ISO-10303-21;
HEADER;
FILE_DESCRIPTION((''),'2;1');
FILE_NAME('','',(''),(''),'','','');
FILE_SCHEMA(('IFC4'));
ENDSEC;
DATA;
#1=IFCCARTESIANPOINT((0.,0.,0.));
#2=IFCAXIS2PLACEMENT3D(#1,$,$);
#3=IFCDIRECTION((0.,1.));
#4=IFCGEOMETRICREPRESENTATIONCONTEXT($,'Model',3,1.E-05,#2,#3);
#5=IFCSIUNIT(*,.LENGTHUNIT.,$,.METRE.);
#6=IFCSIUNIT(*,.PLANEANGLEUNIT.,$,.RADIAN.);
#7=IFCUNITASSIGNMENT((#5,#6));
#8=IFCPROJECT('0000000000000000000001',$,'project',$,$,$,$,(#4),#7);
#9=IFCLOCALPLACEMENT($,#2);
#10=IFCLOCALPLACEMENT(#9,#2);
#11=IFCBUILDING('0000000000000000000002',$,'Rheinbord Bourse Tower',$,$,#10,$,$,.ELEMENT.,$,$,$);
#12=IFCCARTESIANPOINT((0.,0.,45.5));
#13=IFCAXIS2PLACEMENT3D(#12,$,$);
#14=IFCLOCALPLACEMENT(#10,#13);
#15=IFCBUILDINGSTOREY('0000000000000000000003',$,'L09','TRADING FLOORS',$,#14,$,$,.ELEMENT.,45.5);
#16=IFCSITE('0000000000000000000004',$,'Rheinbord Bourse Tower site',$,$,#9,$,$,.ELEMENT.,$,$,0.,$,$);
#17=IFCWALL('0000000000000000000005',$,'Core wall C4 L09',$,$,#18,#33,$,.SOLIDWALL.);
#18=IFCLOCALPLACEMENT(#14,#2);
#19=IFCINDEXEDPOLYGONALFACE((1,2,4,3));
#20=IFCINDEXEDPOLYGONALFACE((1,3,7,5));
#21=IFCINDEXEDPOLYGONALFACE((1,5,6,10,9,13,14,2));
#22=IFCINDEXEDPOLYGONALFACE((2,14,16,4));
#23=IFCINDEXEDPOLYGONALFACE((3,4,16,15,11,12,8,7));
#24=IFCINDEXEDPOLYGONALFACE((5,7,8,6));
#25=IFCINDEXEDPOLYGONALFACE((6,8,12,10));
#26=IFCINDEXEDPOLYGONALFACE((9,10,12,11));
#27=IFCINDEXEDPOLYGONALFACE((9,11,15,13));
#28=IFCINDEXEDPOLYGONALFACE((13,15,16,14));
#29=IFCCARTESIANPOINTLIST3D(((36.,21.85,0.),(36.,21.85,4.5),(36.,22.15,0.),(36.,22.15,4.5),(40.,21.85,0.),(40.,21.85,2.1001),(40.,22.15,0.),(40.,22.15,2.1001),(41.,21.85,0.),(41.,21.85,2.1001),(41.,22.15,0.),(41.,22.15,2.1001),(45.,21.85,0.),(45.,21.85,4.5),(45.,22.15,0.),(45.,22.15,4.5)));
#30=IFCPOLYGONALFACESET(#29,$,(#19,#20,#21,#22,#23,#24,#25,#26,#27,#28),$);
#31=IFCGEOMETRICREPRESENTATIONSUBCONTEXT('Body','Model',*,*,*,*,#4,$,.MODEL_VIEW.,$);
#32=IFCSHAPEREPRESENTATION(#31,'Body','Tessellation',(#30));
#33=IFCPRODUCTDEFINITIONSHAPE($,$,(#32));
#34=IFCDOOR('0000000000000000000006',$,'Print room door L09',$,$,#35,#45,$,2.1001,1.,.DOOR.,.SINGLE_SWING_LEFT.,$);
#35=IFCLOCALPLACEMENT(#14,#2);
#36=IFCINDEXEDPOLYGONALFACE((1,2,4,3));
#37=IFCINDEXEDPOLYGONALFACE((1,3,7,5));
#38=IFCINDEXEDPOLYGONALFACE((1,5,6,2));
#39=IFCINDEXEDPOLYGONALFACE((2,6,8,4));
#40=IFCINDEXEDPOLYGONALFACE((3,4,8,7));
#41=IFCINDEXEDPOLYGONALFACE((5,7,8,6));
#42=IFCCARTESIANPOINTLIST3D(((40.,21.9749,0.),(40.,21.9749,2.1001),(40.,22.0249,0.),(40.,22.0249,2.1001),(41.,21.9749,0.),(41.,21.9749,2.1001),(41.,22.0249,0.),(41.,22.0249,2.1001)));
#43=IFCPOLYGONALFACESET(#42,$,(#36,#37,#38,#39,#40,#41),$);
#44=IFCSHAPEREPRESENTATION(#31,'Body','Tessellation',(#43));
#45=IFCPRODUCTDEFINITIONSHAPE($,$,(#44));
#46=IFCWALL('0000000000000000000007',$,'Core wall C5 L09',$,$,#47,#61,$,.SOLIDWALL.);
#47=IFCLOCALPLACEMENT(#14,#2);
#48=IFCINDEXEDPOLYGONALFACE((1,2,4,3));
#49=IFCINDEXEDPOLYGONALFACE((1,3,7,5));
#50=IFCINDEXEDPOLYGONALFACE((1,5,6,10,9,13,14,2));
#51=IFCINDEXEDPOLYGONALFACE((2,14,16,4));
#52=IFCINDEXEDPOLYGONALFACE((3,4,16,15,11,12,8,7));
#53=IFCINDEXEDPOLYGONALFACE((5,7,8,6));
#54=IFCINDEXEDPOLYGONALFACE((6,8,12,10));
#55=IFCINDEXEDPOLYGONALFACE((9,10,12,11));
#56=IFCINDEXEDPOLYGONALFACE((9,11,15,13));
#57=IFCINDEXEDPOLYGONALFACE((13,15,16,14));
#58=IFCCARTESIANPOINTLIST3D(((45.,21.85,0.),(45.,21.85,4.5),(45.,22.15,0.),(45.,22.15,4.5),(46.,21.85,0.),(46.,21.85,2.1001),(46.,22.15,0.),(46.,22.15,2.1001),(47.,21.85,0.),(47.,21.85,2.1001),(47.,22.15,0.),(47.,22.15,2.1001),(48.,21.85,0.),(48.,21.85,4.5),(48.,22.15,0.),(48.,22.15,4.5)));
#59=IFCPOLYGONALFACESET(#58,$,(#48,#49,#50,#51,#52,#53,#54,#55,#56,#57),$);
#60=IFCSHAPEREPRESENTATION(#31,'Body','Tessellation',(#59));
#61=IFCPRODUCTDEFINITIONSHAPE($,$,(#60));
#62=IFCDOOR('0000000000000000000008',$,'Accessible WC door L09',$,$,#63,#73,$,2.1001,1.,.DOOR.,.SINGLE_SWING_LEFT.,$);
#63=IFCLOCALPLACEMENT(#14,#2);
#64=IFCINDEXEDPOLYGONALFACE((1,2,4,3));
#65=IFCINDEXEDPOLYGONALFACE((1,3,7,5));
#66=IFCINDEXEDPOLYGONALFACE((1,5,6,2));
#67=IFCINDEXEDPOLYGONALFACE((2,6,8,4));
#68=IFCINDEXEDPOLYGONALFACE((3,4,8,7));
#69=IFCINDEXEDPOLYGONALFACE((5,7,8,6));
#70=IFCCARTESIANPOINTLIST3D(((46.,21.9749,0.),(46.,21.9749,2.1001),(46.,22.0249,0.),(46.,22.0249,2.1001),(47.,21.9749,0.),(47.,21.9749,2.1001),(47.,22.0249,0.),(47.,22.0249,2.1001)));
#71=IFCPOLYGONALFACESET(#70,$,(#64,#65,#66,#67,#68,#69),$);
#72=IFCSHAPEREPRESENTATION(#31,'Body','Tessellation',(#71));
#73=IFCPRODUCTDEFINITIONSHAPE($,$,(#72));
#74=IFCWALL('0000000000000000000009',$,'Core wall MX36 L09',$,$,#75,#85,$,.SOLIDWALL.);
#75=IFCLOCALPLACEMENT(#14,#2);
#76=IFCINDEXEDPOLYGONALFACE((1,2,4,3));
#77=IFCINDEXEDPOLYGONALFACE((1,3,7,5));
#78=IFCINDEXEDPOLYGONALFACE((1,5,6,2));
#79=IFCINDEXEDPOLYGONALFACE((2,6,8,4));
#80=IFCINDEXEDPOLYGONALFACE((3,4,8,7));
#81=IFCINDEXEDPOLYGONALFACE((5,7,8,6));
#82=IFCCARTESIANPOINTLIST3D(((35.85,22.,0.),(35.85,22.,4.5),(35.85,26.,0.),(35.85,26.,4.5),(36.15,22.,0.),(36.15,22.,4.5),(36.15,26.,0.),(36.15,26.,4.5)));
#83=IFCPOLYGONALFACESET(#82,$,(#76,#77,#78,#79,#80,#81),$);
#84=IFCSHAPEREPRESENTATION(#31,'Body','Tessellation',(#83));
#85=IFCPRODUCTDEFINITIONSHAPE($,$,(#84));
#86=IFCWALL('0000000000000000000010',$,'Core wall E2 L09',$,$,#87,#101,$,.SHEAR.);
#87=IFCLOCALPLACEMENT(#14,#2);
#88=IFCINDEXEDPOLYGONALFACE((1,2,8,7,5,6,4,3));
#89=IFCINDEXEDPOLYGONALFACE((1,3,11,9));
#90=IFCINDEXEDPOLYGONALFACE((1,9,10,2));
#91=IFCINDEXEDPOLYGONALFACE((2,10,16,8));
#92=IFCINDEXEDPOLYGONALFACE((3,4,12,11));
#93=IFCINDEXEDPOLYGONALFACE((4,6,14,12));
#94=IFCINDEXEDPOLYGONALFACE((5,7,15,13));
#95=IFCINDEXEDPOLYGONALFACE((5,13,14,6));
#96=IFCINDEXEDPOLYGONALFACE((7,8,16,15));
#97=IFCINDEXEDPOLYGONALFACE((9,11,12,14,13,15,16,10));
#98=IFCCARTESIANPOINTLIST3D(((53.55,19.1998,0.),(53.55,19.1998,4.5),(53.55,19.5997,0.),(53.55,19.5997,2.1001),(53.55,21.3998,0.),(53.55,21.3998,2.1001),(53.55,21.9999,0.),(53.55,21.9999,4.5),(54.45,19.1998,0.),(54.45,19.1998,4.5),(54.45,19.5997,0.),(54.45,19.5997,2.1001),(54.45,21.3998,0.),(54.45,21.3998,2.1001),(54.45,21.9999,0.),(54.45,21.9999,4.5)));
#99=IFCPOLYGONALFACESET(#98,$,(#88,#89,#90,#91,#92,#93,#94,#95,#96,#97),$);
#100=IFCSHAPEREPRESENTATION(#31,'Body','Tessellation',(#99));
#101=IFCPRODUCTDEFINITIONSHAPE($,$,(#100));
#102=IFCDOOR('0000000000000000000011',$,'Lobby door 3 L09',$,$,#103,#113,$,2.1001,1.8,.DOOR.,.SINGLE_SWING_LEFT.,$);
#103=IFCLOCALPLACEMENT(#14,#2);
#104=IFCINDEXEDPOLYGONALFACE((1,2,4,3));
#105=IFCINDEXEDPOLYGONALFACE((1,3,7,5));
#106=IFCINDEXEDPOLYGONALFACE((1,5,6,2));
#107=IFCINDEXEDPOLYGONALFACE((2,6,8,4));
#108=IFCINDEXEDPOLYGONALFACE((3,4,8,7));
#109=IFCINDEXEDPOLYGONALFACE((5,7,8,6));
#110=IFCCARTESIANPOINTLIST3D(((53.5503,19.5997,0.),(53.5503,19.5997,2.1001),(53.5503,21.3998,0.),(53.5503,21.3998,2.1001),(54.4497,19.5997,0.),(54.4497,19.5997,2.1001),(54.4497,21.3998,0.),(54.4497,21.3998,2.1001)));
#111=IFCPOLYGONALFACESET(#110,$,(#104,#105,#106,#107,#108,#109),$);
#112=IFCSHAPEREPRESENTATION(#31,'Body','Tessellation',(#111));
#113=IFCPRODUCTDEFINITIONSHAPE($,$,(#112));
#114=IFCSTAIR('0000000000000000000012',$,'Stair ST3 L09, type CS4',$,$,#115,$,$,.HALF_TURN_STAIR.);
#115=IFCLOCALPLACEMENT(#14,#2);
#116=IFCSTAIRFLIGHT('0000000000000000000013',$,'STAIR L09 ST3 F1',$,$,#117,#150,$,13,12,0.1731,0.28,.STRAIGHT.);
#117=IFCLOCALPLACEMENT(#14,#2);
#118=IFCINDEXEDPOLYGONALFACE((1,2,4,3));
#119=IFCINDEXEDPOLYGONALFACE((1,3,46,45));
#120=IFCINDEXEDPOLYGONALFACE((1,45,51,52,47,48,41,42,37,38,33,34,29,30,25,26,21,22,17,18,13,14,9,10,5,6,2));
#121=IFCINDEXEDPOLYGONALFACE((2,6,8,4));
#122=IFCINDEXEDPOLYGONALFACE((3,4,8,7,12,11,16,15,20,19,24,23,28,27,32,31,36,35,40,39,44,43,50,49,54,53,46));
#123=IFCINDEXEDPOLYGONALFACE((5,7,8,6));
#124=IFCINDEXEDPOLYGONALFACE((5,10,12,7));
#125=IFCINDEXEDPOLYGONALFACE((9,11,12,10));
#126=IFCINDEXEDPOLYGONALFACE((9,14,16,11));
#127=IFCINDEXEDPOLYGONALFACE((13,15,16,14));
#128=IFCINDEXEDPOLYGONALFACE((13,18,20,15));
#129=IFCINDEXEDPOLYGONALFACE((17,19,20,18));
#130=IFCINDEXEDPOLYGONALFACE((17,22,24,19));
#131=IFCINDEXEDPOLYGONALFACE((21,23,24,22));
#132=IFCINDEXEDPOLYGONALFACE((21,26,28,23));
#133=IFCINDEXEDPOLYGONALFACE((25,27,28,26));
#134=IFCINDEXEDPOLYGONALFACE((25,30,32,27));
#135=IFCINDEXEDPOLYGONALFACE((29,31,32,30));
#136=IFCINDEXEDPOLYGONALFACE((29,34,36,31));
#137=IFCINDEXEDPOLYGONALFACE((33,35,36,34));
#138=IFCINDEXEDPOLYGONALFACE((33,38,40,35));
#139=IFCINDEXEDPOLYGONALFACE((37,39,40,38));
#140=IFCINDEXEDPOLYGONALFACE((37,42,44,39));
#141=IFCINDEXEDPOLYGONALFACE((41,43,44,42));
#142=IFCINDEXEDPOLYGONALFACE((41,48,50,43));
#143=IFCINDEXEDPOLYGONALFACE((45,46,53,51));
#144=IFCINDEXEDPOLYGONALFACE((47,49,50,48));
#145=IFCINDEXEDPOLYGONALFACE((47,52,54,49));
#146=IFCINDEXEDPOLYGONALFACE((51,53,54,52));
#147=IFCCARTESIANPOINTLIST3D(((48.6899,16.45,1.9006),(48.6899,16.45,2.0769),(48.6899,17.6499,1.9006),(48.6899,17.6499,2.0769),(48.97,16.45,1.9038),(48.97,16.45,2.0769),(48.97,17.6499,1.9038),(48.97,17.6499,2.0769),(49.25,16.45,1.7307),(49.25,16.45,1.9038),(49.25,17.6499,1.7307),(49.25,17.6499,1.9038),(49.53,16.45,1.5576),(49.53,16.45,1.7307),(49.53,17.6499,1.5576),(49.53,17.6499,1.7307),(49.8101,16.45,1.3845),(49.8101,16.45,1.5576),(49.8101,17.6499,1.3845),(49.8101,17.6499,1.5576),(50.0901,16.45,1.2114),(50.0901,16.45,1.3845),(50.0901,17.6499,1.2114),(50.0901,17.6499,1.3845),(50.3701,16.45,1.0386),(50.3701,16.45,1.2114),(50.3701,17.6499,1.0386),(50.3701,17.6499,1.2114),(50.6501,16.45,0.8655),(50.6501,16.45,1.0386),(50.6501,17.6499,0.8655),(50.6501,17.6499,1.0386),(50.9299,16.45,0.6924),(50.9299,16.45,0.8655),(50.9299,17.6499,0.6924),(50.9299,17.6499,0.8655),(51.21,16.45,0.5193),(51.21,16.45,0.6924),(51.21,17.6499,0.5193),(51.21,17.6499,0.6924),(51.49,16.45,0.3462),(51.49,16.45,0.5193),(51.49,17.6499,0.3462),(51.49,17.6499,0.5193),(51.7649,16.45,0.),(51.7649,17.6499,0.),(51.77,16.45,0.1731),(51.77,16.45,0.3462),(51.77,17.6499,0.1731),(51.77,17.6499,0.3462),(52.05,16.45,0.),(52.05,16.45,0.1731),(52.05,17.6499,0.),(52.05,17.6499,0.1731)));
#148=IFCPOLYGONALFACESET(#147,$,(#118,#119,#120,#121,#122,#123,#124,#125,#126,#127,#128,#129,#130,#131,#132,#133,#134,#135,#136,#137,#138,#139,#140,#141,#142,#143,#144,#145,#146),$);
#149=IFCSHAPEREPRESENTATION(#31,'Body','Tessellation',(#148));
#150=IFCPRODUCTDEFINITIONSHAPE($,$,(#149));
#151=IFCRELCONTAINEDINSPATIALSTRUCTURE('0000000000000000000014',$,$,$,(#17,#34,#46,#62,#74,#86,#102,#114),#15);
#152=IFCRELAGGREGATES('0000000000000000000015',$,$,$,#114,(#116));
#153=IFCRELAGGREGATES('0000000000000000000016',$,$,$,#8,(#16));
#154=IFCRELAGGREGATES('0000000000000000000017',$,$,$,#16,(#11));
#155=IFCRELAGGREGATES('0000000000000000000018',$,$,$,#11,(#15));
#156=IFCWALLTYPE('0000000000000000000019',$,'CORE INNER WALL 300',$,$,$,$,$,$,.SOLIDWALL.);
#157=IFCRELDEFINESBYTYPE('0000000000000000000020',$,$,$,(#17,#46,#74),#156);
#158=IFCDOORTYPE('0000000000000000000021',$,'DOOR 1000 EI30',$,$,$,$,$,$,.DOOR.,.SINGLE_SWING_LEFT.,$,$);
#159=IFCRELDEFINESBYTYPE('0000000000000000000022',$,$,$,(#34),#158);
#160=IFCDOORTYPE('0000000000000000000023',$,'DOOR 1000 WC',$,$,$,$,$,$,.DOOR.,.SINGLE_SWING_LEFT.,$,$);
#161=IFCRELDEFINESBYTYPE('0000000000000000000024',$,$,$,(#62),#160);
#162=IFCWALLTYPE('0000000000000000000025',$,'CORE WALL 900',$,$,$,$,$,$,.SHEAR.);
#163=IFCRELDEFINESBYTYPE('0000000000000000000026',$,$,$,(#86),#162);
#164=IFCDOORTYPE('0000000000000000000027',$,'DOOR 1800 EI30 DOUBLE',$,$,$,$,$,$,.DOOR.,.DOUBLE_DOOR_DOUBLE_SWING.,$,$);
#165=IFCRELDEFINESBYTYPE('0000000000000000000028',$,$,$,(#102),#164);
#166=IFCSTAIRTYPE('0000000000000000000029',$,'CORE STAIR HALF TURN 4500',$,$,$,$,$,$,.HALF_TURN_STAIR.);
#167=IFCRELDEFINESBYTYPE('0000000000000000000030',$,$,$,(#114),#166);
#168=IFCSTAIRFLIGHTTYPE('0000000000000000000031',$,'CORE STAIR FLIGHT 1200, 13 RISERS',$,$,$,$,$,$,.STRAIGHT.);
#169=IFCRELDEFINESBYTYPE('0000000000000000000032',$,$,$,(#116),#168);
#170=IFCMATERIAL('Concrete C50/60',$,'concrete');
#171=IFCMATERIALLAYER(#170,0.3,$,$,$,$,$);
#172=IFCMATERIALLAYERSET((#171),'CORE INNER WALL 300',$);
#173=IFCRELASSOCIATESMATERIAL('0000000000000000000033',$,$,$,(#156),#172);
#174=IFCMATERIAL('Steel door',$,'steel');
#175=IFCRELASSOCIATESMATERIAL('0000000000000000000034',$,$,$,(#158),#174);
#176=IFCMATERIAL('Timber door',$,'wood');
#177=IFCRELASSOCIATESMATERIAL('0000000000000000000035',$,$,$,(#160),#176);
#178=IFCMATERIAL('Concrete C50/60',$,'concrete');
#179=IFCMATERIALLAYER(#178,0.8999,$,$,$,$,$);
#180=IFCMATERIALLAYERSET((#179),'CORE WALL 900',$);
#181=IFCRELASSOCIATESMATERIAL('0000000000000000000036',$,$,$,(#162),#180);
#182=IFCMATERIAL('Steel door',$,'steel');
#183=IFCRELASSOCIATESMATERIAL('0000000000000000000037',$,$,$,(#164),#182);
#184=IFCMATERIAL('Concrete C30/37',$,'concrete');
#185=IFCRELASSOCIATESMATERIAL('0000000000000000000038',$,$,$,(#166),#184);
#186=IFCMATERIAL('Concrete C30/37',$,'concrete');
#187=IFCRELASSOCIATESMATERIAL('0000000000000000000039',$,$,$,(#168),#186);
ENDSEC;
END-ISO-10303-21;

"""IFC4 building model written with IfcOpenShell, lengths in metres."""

from ifc_helpers import new_model, si_unit, direction, frame, frame_2d, origin, place, context, subcontext, project, spatial, polyline, rectangle, outline, extrude, material, layer, layer_set, type_object, element, fill, aggregate, save


model = new_model("IFC4")

# Units and contexts
model_context = context("Model", 3, precision=1e-05, world=origin(), true_north=direction((0.0, 1.0)))
body_context = subcontext(model_context, "Body", "Model", "MODEL_VIEW")
ifc_project = project(units=[si_unit("LENGTHUNIT", "METRE"), si_unit("PLANEANGLEUNIT", "RADIAN")], contexts=[model_context])

# Site, building, storey
site_placement = place(None, origin())
site = spatial("IfcSite", under=ifc_project, at=site_placement, Name="Rheinbord Bourse Tower site", CompositionType="ELEMENT", RefElevation=0.0)
building_placement = place(site_placement, origin())
building = spatial("IfcBuilding", under=site, at=building_placement, Name="Rheinbord Bourse Tower", CompositionType="ELEMENT")
storey_placement = place(building_placement, frame((0.0, 0.0, 45.5)))
storey = spatial("IfcBuildingStorey", under=building, at=storey_placement, Name="L09", Description="TRADING FLOORS", CompositionType="ELEMENT", Elevation=45.5)

# Shared definitions
ifc_material_1 = material(Name="Concrete C50/60", Category="concrete")
ifc_layer_1 = layer(ifc_material_1, 0.3)
ifc_layer_set_1 = layer_set([ifc_layer_1], Name="CORE INNER WALL 300")
wall_type_1 = type_object("IfcWallType", Name="CORE INNER WALL 300", PredefinedType="SOLIDWALL", material=ifc_layer_set_1)

# Walls, openings, doors
ifc_material_2 = material(Name="Steel door", Category="steel")
door_type_1 = type_object("IfcDoorType", Name="DOOR 1000 EI30", OperationType="SINGLE_SWING_LEFT", PredefinedType="DOOR", material=ifc_material_2)
wall_1_placement = place(storey_placement, frame((36.0, 22.0, 0.0), z_axis=(0.0, 0.0, 1.0), x_axis=(1.0, 0.0, 0.0)))
wall_1 = element("IfcWall", 1, at=wall_1_placement, inside=storey, type_object=wall_type_1, Name="Core wall C4 L09", PredefinedType="SOLIDWALL", context=body_context, shape_type="SweptSolid", body=[
    extrude(rectangle(XDim=9.0, YDim=0.3, at=frame_2d((4.5, 0.0))), origin(), (0.0, 0.0, 1.0), 4.5),
])
opening_1_placement = place(wall_1_placement, frame((4.0, 0.0, 0.0)))
opening_1 = element("IfcOpeningElement", 2, at=opening_1_placement, cuts=wall_1, PredefinedType="OPENING", context=body_context, shape_type="SweptSolid", body=[
    extrude(rectangle(XDim=1.0, YDim=2.1001, at=frame_2d((0.5, 1.05))), frame((0.0, 0.1599, 0.0), z_axis=(0.0, -1.0, 0.0), x_axis=(1.0, 0.0, 0.0)), (0.0, 0.0, 1.0), 0.3201),
])
door_1_placement = place(opening_1_placement, origin())
door_1 = element("IfcDoor", 3, at=door_1_placement, inside=storey, type_object=door_type_1, Name="Print room door L09", OperationType="SINGLE_SWING_LEFT", OverallHeight=2.1001, OverallWidth=1.0, PredefinedType="DOOR", context=body_context, shape_type="SweptSolid", body=[
    extrude(rectangle(XDim=1.0, YDim=2.1001, at=frame_2d((0.5, 1.05))), frame((0.0, 0.0249, 0.0), z_axis=(0.0, -1.0, 0.0), x_axis=(1.0, 0.0, 0.0)), (0.0, 0.0, 1.0), 0.05),
])
fill(opening_1, door_1)
wall_2_placement = place(storey_placement, frame((45.0, 22.0, 0.0), z_axis=(0.0, 0.0, 1.0), x_axis=(1.0, 0.0, 0.0)))
wall_2 = element("IfcWall", 4, at=wall_2_placement, inside=storey, type_object=wall_type_1, Name="Core wall C5 L09", PredefinedType="SOLIDWALL", context=body_context, shape_type="SweptSolid", body=[
    extrude(rectangle(XDim=3.0, YDim=0.3, at=frame_2d((1.5, 0.0))), origin(), (0.0, 0.0, 1.0), 4.5),
])
opening_2_placement = place(wall_2_placement, frame((1.0, 0.0, 0.0)))
opening_2 = element("IfcOpeningElement", 5, at=opening_2_placement, cuts=wall_2, PredefinedType="OPENING", context=body_context, shape_type="SweptSolid", body=[
    extrude(rectangle(XDim=1.0, YDim=2.1001, at=frame_2d((0.5, 1.05))), frame((0.0, 0.1599, 0.0), z_axis=(0.0, -1.0, 0.0), x_axis=(1.0, 0.0, 0.0)), (0.0, 0.0, 1.0), 0.3201),
])
ifc_material_3 = material(Name="Timber door", Category="wood")
door_type_2 = type_object("IfcDoorType", Name="DOOR 1000 WC", OperationType="SINGLE_SWING_LEFT", PredefinedType="DOOR", material=ifc_material_3)
door_2_placement = place(opening_2_placement, origin())
door_2 = element("IfcDoor", 6, at=door_2_placement, inside=storey, type_object=door_type_2, Name="Accessible WC door L09", OperationType="SINGLE_SWING_LEFT", OverallHeight=2.1001, OverallWidth=1.0, PredefinedType="DOOR", context=body_context, shape_type="SweptSolid", body=[
    extrude(rectangle(XDim=1.0, YDim=2.1001, at=frame_2d((0.5, 1.05))), frame((0.0, 0.0249, 0.0), z_axis=(0.0, -1.0, 0.0), x_axis=(1.0, 0.0, 0.0)), (0.0, 0.0, 1.0), 0.05),
])
fill(opening_2, door_2)

# Wall
wall_3_placement = place(storey_placement, frame((36.0, 22.0, 0.0), z_axis=(0.0, 0.0, 1.0), x_axis=(0.0, 1.0, 0.0)))
element("IfcWall", 7, at=wall_3_placement, inside=storey, type_object=wall_type_1, Name="Core wall MX36 L09", PredefinedType="SOLIDWALL", context=body_context, shape_type="SweptSolid", body=[
    extrude(rectangle(XDim=4.0, YDim=0.3, at=frame_2d((2.0, 0.0))), origin(), (0.0, 0.0, 1.0), 4.5),
])

# Wall, opening, door
ifc_material_4 = material(Name="Concrete C50/60", Category="concrete")
ifc_layer_2 = layer(ifc_material_4, 0.8999)
ifc_layer_set_2 = layer_set([ifc_layer_2], Name="CORE WALL 900")
wall_type_2 = type_object("IfcWallType", Name="CORE WALL 900", PredefinedType="SHEAR", material=ifc_layer_set_2)
wall_4_placement = place(storey_placement, frame((54.0, 19.2, 0.0), z_axis=(0.0, 0.0, 1.0), x_axis=(0.0, 1.0, 0.0)))
wall_4 = element("IfcWall", 8, at=wall_4_placement, inside=storey, type_object=wall_type_2, Name="Core wall E2 L09", PredefinedType="SHEAR", context=body_context, shape_type="SweptSolid", body=[
    extrude(rectangle(XDim=2.8, YDim=0.8999, at=frame_2d((1.3999, 0.0))), origin(), (0.0, 0.0, 1.0), 4.5),
])
opening_3_placement = place(wall_4_placement, frame((0.3999, 0.0, 0.0)))
opening_3 = element("IfcOpeningElement", 9, at=opening_3_placement, cuts=wall_4, PredefinedType="OPENING", context=body_context, shape_type="SweptSolid", body=[
    extrude(rectangle(XDim=1.8, YDim=2.1001, at=frame_2d((0.8999, 1.05))), frame((0.0, 0.46, 0.0), z_axis=(0.0, -1.0, 0.0), x_axis=(1.0, 0.0, 0.0)), (0.0, 0.0, 1.0), 0.9199),
])
ifc_material_5 = material(Name="Steel door", Category="steel")
door_type_3 = type_object("IfcDoorType", Name="DOOR 1800 EI30 DOUBLE", OperationType="DOUBLE_DOOR_DOUBLE_SWING", PredefinedType="DOOR", material=ifc_material_5)
door_3_placement = place(opening_3_placement, origin())
door_3 = element("IfcDoor", 10, at=door_3_placement, inside=storey, type_object=door_type_3, Name="Lobby door 3 L09", OperationType="SINGLE_SWING_LEFT", OverallHeight=2.1001, OverallWidth=1.8, PredefinedType="DOOR", context=body_context, shape_type="SweptSolid", body=[
    extrude(rectangle(XDim=1.8, YDim=2.1001, at=frame_2d((0.8999, 1.05))), frame((0.0, 0.4497, 0.0), z_axis=(0.0, -1.0, 0.0), x_axis=(1.0, 0.0, 0.0)), (0.0, 0.0, 1.0), 0.8994),
])
fill(opening_3, door_3)

# Stair, stair flight
ifc_material_6 = material(Name="Concrete C30/37", Category="concrete")
stair_type = type_object("IfcStairType", Name="CORE STAIR HALF TURN 4500", PredefinedType="HALF_TURN_STAIR", material=ifc_material_6)
stair_placement = place(storey_placement, origin())
stair = element("IfcStair", 11, at=stair_placement, inside=storey, type_object=stair_type, Name="Stair ST3 L09, type CS4", PredefinedType="HALF_TURN_STAIR")
ifc_material_7 = material(Name="Concrete C30/37", Category="concrete")
stair_flight_type = type_object("IfcStairFlightType", Name="CORE STAIR FLIGHT 1200, 13 RISERS", PredefinedType="STRAIGHT", material=ifc_material_7)
stair_flight_1_placement = place(storey_placement, frame((52.05, 17.05, 0.0), z_axis=(0.0, 0.0, 1.0), x_axis=(-1.0, 0.0, 0.0)))
stair_flight_1 = element("IfcStairFlight", 12, at=stair_flight_1_placement, type_object=stair_flight_type, Name="STAIR L09 ST3 F1", NumberOfRisers=13, NumberOfTreads=12, PredefinedType="STRAIGHT", RiserHeight=0.1731, TreadLength=0.28, context=body_context, shape_type="SweptSolid", body=[
    extrude(outline(polyline([(0.0, 0.0), (0.0, 0.1731), (0.28, 0.1731), (0.28, 0.3462), (0.5601, 0.3462), (0.5601, 0.5193), (0.8401, 0.5193), (0.8401, 0.6924), (1.1201, 0.6924), (1.1201, 0.8655), (1.3999, 0.8655), (1.3999, 1.0386), (1.6799, 1.0386), (1.6799, 1.2114), (1.96, 1.2114), (1.96, 1.3845), (2.24, 1.3845), (2.24, 1.5576), (2.52, 1.5576), (2.52, 1.7307), (2.8, 1.7307), (2.8, 1.9038), (3.0801, 1.9038), (3.0801, 2.0769), (3.3601, 2.0769), (3.3601, 2.25), (3.3601, 1.9006), (0.2852, 0.0), (0.0, 0.0)])), frame((0.0, 0.6001, 0.0), z_axis=(0.0, -1.0, 0.0), x_axis=(1.0, 0.0, 0.0)), (0.0, 0.0, 1.0), 1.2),
])
aggregate(stair, [stair_flight_1])

save(model, "model.ifc")
